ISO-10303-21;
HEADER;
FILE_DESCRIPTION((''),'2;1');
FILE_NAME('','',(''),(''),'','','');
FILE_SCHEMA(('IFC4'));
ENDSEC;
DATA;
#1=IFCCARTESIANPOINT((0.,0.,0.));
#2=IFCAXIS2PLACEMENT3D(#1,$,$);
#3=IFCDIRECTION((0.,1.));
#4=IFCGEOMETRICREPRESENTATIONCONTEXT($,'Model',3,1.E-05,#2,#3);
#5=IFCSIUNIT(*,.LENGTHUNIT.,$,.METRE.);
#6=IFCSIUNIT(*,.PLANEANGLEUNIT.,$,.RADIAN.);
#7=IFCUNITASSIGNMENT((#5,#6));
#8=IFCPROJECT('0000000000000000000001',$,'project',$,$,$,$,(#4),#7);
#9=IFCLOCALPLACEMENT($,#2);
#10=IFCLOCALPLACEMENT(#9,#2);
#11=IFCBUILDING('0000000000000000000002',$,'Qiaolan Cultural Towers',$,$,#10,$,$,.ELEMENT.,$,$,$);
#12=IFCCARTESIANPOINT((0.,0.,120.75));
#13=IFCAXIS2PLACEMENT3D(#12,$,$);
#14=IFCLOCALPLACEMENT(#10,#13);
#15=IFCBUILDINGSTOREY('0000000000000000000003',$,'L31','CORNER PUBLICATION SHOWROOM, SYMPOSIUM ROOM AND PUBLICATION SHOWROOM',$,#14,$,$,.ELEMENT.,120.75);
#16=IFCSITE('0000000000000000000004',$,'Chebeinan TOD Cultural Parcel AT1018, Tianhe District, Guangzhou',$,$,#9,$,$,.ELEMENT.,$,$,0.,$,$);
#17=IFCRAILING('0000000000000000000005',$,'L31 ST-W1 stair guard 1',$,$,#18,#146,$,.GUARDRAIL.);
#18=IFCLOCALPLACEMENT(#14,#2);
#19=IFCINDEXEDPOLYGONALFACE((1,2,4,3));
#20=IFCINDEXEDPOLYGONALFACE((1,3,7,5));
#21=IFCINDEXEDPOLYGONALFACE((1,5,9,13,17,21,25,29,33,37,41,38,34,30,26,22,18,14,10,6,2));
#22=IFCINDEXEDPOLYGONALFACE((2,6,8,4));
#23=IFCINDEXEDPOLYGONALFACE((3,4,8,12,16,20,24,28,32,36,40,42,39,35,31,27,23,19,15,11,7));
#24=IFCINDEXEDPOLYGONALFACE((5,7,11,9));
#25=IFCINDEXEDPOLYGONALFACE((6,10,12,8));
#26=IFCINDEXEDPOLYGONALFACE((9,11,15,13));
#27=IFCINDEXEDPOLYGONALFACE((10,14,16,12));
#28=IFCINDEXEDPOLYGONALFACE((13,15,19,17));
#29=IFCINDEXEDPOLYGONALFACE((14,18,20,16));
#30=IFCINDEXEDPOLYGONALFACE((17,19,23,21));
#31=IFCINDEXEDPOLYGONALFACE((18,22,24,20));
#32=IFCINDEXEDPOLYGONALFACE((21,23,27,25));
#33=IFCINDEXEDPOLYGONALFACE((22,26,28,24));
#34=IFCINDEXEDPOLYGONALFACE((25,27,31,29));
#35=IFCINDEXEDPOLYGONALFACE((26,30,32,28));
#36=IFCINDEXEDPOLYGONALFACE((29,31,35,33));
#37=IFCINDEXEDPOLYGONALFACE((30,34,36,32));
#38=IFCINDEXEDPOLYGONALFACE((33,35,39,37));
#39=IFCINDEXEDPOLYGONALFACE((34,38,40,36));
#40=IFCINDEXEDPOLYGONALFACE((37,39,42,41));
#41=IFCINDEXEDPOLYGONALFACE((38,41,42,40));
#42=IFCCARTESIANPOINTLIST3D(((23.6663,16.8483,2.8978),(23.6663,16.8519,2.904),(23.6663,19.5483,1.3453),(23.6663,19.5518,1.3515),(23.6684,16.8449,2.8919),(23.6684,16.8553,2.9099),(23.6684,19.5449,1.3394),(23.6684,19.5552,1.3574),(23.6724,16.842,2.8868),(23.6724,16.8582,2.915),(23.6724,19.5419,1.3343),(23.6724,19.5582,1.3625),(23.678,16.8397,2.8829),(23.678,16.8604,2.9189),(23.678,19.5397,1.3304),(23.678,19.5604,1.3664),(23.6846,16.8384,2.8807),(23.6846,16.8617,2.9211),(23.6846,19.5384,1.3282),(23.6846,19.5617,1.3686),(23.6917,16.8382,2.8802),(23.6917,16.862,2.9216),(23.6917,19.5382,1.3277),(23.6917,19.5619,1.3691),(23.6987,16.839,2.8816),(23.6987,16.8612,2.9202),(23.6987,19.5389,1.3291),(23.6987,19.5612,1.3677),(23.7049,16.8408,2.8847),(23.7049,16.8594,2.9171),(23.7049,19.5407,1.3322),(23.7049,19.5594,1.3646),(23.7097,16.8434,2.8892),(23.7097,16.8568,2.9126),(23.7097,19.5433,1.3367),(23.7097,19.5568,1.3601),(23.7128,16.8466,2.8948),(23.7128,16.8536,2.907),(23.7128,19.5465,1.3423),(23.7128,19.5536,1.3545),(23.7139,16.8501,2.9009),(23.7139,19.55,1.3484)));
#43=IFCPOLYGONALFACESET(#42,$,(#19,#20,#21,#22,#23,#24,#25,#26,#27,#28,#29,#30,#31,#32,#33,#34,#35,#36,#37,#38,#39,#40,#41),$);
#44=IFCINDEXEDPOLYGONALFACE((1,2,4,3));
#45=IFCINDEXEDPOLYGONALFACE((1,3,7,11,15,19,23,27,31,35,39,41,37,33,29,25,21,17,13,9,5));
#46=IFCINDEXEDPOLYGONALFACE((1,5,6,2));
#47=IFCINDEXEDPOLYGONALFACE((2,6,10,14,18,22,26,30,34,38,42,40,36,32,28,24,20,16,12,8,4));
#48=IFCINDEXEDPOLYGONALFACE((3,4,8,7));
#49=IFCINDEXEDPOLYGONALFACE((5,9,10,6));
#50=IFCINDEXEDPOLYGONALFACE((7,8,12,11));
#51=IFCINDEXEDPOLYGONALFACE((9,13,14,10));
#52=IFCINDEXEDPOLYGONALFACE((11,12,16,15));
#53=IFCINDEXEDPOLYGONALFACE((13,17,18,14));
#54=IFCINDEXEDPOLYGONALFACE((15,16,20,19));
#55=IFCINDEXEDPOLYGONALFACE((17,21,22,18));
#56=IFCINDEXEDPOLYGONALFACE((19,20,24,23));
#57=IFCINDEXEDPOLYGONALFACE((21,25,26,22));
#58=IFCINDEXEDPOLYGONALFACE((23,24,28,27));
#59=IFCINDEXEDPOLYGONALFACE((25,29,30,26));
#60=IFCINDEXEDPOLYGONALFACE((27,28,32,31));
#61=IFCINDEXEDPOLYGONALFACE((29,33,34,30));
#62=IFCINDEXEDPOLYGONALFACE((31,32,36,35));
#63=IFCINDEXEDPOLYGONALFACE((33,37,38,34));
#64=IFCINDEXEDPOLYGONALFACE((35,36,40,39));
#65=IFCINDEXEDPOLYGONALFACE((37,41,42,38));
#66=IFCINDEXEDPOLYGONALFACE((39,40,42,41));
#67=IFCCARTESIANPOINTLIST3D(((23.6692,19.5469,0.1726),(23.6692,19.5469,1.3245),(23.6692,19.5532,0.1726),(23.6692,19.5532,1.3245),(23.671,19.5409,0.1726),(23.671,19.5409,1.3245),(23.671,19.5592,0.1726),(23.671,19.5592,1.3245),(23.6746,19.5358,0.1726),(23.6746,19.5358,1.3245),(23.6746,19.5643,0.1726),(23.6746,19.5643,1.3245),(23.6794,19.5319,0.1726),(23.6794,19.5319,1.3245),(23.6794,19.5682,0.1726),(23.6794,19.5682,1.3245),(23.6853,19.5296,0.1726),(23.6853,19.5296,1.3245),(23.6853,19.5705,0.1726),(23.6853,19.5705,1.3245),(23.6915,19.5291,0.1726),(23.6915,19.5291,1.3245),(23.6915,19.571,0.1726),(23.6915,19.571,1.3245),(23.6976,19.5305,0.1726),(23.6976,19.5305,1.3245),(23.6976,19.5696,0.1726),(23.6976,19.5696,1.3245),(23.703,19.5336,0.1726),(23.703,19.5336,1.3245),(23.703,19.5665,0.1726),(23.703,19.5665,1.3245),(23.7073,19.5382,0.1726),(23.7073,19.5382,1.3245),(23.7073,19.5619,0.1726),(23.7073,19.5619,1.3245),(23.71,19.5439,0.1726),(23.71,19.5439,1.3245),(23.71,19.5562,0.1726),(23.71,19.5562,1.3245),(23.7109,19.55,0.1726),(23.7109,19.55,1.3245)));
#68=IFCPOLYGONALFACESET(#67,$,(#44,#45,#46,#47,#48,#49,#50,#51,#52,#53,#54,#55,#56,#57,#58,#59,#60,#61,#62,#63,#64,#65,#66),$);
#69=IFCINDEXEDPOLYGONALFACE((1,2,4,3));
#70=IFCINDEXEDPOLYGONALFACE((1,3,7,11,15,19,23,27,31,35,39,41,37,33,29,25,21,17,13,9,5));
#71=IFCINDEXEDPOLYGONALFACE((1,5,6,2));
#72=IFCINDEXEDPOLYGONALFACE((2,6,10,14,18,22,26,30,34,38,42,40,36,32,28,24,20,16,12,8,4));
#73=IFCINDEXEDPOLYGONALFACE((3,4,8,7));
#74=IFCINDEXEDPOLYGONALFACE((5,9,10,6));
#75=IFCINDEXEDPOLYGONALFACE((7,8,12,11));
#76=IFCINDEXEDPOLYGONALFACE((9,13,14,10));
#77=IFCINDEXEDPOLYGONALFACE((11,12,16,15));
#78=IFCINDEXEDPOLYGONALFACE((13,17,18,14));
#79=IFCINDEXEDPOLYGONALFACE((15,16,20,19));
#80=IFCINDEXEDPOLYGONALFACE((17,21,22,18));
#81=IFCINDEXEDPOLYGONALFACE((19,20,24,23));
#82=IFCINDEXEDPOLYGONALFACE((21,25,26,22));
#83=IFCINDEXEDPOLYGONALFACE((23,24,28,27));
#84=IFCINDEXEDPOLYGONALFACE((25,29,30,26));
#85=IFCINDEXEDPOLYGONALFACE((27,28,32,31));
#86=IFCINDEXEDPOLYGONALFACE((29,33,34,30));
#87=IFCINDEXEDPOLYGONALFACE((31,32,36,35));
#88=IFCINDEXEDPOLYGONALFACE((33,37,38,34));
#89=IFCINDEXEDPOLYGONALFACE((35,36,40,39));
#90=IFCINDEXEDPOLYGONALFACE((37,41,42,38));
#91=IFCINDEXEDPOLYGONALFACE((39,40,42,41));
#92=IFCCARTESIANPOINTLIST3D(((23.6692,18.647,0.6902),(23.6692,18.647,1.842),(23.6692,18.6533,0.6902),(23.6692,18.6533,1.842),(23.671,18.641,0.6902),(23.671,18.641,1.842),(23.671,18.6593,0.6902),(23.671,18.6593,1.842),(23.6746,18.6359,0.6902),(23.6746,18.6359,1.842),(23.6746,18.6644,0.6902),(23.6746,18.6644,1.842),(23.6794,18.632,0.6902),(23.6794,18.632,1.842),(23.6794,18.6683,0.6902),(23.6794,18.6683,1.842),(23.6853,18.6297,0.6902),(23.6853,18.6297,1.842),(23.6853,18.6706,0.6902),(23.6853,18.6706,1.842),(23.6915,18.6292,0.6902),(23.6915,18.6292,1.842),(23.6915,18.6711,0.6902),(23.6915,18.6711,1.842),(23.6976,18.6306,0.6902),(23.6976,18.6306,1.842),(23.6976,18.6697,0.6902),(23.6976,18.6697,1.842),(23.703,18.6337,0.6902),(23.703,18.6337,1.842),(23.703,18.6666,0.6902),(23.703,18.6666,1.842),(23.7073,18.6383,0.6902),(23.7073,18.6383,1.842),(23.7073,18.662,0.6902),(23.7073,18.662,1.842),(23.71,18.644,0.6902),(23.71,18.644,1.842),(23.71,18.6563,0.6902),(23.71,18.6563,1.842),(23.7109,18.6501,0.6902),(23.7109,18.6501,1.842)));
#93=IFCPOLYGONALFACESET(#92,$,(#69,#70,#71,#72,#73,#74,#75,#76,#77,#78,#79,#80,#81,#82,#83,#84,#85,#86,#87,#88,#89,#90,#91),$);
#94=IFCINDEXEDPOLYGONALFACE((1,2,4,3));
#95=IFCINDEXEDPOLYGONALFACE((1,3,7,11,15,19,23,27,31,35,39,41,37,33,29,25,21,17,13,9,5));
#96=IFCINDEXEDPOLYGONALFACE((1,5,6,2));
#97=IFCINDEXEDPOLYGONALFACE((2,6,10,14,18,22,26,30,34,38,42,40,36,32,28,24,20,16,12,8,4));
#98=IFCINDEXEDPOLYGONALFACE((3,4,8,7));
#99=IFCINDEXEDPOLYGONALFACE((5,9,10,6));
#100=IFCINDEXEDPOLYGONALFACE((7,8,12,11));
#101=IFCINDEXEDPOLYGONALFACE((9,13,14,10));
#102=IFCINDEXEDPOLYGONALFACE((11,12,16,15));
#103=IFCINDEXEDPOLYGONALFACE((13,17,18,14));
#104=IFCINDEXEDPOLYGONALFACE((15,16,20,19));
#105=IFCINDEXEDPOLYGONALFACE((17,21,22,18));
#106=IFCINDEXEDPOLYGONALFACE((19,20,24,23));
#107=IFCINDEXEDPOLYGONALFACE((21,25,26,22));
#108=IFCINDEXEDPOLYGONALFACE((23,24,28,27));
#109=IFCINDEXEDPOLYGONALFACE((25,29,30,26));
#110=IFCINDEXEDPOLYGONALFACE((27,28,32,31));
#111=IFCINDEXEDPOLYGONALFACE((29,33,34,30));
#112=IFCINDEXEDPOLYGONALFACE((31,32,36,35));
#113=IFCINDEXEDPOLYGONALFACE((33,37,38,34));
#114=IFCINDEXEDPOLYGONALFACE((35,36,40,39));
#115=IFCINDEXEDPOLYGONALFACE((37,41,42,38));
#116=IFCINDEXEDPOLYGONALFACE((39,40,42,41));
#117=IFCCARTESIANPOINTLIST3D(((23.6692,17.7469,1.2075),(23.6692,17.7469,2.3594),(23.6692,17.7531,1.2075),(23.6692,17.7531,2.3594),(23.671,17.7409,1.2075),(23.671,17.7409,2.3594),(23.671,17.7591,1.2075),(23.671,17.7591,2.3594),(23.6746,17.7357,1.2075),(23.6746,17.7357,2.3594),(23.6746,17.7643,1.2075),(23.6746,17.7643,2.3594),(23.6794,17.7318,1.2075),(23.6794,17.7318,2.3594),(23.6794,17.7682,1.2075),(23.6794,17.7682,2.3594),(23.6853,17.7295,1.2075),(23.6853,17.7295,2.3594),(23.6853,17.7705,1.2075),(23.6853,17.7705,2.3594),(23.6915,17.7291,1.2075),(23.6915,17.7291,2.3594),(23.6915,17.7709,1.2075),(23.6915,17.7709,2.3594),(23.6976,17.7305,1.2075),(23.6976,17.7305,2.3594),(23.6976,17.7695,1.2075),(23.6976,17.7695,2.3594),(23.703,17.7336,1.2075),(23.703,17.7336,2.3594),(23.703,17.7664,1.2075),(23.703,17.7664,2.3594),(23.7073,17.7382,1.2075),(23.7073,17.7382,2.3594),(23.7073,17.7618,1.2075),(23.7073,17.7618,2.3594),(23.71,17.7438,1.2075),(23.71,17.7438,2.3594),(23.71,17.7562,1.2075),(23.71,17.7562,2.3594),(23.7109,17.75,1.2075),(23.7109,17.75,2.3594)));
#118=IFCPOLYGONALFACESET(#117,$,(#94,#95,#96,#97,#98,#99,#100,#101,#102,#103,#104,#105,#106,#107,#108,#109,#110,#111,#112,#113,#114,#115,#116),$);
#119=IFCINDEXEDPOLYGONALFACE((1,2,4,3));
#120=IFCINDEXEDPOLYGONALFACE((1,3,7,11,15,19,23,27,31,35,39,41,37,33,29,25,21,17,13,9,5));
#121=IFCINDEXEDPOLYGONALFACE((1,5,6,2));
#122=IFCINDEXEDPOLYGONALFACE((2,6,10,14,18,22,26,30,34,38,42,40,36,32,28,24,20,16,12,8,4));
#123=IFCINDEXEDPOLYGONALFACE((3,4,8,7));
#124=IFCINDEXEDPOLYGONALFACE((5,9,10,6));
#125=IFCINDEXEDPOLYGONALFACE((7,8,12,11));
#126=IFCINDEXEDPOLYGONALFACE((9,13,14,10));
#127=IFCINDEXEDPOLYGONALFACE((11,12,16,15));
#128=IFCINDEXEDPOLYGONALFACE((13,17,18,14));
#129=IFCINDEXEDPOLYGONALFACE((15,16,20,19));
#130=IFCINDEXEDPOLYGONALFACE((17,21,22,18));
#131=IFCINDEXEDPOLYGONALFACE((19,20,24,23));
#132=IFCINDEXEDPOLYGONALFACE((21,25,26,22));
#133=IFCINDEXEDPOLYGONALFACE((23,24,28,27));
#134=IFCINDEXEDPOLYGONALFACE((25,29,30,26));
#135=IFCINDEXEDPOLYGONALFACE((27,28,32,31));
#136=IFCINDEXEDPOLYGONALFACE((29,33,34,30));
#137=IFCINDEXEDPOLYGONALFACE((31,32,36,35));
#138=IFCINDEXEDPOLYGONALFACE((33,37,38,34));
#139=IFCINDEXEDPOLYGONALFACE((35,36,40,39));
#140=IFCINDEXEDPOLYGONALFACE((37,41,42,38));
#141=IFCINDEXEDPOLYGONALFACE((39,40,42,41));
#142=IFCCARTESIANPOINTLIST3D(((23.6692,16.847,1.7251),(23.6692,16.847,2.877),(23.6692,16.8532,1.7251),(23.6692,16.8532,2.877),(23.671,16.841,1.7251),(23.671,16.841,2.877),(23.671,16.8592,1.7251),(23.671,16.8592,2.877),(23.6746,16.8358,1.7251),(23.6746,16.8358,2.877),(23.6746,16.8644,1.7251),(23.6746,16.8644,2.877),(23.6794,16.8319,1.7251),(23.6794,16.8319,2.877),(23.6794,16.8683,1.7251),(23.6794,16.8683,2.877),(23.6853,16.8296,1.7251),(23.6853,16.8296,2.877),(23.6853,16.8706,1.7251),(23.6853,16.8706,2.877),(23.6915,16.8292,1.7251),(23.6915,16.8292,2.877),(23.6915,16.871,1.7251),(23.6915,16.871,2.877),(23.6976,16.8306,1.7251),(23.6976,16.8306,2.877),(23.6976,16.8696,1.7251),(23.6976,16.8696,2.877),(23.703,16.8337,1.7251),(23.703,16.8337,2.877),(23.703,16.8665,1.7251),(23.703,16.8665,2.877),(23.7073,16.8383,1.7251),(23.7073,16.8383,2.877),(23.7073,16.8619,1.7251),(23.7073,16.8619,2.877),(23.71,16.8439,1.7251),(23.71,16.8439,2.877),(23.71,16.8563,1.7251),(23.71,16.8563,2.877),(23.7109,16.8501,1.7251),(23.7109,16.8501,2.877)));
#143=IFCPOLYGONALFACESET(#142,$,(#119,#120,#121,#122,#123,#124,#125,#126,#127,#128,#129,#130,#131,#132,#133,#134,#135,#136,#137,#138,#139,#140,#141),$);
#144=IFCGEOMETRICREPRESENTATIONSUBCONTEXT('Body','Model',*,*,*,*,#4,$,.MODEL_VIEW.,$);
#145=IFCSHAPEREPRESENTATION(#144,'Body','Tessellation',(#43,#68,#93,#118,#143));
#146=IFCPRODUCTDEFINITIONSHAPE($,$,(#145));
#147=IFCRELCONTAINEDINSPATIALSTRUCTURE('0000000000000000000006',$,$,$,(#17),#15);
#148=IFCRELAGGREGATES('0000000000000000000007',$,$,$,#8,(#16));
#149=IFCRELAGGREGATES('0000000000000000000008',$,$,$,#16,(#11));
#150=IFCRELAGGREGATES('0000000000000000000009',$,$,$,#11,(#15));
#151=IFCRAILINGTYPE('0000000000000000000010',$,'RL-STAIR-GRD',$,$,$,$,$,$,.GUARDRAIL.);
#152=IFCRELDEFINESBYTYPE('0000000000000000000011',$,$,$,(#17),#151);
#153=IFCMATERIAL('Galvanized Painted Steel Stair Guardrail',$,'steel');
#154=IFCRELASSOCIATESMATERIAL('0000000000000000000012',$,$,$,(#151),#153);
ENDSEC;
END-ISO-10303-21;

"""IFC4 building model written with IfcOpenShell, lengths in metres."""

from ifc_helpers import new_model, si_unit, direction, frame, origin, origin_2d, place, context, subcontext, project, spatial, circle, extrude, material, type_object, element, save


model = new_model("IFC4")

# Units and contexts
model_context = context("Model", 3, precision=1e-05, world=origin(), true_north=direction((0.0, 1.0)))
body_context = subcontext(model_context, "Body", "Model", "MODEL_VIEW")
ifc_project = project(units=[si_unit("LENGTHUNIT", "METRE"), si_unit("PLANEANGLEUNIT", "RADIAN")], contexts=[model_context])

# Site, building, storey
site_placement = place(None, origin())
site = spatial("IfcSite", under=ifc_project, at=site_placement, Name="Chebeinan TOD Cultural Parcel AT1018, Tianhe District, Guangzhou", CompositionType="ELEMENT", RefElevation=0.0)
building_placement = place(site_placement, origin())
building = spatial("IfcBuilding", under=site, at=building_placement, Name="Qiaolan Cultural Towers", CompositionType="ELEMENT")
storey_placement = place(building_placement, frame((0.0, 0.0, 120.75)))
storey = spatial("IfcBuildingStorey", under=building, at=storey_placement, Name="L31", Description="CORNER PUBLICATION SHOWROOM, SYMPOSIUM ROOM AND PUBLICATION SHOWROOM", CompositionType="ELEMENT", Elevation=120.75)

# Railing
ifc_material_1 = material(Name="Galvanized Painted Steel Stair Guardrail", Category="steel")
railing_type_1 = type_object("IfcRailingType", Name="RL-STAIR-GRD", PredefinedType="GUARDRAIL", material=ifc_material_1)
railing_1_placement = place(storey_placement, frame((23.6899, 19.55, 0.1726)))
element("IfcRailing", 1, at=railing_1_placement, inside=storey, type_object=railing_type_1, Name="L31 ST-W1 stair guard 1", PredefinedType="GUARDRAIL", context=body_context, shape_type="SweptSolid", body=[
    extrude(circle(Radius=0.0239, at=origin_2d()), frame((0.0, 0.0, 1.1758), z_axis=(0.0, -0.866904, 0.498476), x_axis=(1.0, 0.0, 0.0)), (0.0, 0.0, 1.0), 3.1145),
    extrude(circle(Radius=0.021, at=origin_2d()), origin(), (0.0, 0.0, 1.0), 1.1519),
    extrude(circle(Radius=0.021, at=origin_2d()), frame((0.0, -0.8999, 0.5176)), (0.0, 0.0, 1.0), 1.1519),
    extrude(circle(Radius=0.021, at=origin_2d()), frame((0.0, -1.8, 1.0349)), (0.0, 0.0, 1.0), 1.1519),
    extrude(circle(Radius=0.021, at=origin_2d()), frame((0.0, -2.7, 1.5525)), (0.0, 0.0, 1.0), 1.1519),
])

save(model, "model.ifc")
